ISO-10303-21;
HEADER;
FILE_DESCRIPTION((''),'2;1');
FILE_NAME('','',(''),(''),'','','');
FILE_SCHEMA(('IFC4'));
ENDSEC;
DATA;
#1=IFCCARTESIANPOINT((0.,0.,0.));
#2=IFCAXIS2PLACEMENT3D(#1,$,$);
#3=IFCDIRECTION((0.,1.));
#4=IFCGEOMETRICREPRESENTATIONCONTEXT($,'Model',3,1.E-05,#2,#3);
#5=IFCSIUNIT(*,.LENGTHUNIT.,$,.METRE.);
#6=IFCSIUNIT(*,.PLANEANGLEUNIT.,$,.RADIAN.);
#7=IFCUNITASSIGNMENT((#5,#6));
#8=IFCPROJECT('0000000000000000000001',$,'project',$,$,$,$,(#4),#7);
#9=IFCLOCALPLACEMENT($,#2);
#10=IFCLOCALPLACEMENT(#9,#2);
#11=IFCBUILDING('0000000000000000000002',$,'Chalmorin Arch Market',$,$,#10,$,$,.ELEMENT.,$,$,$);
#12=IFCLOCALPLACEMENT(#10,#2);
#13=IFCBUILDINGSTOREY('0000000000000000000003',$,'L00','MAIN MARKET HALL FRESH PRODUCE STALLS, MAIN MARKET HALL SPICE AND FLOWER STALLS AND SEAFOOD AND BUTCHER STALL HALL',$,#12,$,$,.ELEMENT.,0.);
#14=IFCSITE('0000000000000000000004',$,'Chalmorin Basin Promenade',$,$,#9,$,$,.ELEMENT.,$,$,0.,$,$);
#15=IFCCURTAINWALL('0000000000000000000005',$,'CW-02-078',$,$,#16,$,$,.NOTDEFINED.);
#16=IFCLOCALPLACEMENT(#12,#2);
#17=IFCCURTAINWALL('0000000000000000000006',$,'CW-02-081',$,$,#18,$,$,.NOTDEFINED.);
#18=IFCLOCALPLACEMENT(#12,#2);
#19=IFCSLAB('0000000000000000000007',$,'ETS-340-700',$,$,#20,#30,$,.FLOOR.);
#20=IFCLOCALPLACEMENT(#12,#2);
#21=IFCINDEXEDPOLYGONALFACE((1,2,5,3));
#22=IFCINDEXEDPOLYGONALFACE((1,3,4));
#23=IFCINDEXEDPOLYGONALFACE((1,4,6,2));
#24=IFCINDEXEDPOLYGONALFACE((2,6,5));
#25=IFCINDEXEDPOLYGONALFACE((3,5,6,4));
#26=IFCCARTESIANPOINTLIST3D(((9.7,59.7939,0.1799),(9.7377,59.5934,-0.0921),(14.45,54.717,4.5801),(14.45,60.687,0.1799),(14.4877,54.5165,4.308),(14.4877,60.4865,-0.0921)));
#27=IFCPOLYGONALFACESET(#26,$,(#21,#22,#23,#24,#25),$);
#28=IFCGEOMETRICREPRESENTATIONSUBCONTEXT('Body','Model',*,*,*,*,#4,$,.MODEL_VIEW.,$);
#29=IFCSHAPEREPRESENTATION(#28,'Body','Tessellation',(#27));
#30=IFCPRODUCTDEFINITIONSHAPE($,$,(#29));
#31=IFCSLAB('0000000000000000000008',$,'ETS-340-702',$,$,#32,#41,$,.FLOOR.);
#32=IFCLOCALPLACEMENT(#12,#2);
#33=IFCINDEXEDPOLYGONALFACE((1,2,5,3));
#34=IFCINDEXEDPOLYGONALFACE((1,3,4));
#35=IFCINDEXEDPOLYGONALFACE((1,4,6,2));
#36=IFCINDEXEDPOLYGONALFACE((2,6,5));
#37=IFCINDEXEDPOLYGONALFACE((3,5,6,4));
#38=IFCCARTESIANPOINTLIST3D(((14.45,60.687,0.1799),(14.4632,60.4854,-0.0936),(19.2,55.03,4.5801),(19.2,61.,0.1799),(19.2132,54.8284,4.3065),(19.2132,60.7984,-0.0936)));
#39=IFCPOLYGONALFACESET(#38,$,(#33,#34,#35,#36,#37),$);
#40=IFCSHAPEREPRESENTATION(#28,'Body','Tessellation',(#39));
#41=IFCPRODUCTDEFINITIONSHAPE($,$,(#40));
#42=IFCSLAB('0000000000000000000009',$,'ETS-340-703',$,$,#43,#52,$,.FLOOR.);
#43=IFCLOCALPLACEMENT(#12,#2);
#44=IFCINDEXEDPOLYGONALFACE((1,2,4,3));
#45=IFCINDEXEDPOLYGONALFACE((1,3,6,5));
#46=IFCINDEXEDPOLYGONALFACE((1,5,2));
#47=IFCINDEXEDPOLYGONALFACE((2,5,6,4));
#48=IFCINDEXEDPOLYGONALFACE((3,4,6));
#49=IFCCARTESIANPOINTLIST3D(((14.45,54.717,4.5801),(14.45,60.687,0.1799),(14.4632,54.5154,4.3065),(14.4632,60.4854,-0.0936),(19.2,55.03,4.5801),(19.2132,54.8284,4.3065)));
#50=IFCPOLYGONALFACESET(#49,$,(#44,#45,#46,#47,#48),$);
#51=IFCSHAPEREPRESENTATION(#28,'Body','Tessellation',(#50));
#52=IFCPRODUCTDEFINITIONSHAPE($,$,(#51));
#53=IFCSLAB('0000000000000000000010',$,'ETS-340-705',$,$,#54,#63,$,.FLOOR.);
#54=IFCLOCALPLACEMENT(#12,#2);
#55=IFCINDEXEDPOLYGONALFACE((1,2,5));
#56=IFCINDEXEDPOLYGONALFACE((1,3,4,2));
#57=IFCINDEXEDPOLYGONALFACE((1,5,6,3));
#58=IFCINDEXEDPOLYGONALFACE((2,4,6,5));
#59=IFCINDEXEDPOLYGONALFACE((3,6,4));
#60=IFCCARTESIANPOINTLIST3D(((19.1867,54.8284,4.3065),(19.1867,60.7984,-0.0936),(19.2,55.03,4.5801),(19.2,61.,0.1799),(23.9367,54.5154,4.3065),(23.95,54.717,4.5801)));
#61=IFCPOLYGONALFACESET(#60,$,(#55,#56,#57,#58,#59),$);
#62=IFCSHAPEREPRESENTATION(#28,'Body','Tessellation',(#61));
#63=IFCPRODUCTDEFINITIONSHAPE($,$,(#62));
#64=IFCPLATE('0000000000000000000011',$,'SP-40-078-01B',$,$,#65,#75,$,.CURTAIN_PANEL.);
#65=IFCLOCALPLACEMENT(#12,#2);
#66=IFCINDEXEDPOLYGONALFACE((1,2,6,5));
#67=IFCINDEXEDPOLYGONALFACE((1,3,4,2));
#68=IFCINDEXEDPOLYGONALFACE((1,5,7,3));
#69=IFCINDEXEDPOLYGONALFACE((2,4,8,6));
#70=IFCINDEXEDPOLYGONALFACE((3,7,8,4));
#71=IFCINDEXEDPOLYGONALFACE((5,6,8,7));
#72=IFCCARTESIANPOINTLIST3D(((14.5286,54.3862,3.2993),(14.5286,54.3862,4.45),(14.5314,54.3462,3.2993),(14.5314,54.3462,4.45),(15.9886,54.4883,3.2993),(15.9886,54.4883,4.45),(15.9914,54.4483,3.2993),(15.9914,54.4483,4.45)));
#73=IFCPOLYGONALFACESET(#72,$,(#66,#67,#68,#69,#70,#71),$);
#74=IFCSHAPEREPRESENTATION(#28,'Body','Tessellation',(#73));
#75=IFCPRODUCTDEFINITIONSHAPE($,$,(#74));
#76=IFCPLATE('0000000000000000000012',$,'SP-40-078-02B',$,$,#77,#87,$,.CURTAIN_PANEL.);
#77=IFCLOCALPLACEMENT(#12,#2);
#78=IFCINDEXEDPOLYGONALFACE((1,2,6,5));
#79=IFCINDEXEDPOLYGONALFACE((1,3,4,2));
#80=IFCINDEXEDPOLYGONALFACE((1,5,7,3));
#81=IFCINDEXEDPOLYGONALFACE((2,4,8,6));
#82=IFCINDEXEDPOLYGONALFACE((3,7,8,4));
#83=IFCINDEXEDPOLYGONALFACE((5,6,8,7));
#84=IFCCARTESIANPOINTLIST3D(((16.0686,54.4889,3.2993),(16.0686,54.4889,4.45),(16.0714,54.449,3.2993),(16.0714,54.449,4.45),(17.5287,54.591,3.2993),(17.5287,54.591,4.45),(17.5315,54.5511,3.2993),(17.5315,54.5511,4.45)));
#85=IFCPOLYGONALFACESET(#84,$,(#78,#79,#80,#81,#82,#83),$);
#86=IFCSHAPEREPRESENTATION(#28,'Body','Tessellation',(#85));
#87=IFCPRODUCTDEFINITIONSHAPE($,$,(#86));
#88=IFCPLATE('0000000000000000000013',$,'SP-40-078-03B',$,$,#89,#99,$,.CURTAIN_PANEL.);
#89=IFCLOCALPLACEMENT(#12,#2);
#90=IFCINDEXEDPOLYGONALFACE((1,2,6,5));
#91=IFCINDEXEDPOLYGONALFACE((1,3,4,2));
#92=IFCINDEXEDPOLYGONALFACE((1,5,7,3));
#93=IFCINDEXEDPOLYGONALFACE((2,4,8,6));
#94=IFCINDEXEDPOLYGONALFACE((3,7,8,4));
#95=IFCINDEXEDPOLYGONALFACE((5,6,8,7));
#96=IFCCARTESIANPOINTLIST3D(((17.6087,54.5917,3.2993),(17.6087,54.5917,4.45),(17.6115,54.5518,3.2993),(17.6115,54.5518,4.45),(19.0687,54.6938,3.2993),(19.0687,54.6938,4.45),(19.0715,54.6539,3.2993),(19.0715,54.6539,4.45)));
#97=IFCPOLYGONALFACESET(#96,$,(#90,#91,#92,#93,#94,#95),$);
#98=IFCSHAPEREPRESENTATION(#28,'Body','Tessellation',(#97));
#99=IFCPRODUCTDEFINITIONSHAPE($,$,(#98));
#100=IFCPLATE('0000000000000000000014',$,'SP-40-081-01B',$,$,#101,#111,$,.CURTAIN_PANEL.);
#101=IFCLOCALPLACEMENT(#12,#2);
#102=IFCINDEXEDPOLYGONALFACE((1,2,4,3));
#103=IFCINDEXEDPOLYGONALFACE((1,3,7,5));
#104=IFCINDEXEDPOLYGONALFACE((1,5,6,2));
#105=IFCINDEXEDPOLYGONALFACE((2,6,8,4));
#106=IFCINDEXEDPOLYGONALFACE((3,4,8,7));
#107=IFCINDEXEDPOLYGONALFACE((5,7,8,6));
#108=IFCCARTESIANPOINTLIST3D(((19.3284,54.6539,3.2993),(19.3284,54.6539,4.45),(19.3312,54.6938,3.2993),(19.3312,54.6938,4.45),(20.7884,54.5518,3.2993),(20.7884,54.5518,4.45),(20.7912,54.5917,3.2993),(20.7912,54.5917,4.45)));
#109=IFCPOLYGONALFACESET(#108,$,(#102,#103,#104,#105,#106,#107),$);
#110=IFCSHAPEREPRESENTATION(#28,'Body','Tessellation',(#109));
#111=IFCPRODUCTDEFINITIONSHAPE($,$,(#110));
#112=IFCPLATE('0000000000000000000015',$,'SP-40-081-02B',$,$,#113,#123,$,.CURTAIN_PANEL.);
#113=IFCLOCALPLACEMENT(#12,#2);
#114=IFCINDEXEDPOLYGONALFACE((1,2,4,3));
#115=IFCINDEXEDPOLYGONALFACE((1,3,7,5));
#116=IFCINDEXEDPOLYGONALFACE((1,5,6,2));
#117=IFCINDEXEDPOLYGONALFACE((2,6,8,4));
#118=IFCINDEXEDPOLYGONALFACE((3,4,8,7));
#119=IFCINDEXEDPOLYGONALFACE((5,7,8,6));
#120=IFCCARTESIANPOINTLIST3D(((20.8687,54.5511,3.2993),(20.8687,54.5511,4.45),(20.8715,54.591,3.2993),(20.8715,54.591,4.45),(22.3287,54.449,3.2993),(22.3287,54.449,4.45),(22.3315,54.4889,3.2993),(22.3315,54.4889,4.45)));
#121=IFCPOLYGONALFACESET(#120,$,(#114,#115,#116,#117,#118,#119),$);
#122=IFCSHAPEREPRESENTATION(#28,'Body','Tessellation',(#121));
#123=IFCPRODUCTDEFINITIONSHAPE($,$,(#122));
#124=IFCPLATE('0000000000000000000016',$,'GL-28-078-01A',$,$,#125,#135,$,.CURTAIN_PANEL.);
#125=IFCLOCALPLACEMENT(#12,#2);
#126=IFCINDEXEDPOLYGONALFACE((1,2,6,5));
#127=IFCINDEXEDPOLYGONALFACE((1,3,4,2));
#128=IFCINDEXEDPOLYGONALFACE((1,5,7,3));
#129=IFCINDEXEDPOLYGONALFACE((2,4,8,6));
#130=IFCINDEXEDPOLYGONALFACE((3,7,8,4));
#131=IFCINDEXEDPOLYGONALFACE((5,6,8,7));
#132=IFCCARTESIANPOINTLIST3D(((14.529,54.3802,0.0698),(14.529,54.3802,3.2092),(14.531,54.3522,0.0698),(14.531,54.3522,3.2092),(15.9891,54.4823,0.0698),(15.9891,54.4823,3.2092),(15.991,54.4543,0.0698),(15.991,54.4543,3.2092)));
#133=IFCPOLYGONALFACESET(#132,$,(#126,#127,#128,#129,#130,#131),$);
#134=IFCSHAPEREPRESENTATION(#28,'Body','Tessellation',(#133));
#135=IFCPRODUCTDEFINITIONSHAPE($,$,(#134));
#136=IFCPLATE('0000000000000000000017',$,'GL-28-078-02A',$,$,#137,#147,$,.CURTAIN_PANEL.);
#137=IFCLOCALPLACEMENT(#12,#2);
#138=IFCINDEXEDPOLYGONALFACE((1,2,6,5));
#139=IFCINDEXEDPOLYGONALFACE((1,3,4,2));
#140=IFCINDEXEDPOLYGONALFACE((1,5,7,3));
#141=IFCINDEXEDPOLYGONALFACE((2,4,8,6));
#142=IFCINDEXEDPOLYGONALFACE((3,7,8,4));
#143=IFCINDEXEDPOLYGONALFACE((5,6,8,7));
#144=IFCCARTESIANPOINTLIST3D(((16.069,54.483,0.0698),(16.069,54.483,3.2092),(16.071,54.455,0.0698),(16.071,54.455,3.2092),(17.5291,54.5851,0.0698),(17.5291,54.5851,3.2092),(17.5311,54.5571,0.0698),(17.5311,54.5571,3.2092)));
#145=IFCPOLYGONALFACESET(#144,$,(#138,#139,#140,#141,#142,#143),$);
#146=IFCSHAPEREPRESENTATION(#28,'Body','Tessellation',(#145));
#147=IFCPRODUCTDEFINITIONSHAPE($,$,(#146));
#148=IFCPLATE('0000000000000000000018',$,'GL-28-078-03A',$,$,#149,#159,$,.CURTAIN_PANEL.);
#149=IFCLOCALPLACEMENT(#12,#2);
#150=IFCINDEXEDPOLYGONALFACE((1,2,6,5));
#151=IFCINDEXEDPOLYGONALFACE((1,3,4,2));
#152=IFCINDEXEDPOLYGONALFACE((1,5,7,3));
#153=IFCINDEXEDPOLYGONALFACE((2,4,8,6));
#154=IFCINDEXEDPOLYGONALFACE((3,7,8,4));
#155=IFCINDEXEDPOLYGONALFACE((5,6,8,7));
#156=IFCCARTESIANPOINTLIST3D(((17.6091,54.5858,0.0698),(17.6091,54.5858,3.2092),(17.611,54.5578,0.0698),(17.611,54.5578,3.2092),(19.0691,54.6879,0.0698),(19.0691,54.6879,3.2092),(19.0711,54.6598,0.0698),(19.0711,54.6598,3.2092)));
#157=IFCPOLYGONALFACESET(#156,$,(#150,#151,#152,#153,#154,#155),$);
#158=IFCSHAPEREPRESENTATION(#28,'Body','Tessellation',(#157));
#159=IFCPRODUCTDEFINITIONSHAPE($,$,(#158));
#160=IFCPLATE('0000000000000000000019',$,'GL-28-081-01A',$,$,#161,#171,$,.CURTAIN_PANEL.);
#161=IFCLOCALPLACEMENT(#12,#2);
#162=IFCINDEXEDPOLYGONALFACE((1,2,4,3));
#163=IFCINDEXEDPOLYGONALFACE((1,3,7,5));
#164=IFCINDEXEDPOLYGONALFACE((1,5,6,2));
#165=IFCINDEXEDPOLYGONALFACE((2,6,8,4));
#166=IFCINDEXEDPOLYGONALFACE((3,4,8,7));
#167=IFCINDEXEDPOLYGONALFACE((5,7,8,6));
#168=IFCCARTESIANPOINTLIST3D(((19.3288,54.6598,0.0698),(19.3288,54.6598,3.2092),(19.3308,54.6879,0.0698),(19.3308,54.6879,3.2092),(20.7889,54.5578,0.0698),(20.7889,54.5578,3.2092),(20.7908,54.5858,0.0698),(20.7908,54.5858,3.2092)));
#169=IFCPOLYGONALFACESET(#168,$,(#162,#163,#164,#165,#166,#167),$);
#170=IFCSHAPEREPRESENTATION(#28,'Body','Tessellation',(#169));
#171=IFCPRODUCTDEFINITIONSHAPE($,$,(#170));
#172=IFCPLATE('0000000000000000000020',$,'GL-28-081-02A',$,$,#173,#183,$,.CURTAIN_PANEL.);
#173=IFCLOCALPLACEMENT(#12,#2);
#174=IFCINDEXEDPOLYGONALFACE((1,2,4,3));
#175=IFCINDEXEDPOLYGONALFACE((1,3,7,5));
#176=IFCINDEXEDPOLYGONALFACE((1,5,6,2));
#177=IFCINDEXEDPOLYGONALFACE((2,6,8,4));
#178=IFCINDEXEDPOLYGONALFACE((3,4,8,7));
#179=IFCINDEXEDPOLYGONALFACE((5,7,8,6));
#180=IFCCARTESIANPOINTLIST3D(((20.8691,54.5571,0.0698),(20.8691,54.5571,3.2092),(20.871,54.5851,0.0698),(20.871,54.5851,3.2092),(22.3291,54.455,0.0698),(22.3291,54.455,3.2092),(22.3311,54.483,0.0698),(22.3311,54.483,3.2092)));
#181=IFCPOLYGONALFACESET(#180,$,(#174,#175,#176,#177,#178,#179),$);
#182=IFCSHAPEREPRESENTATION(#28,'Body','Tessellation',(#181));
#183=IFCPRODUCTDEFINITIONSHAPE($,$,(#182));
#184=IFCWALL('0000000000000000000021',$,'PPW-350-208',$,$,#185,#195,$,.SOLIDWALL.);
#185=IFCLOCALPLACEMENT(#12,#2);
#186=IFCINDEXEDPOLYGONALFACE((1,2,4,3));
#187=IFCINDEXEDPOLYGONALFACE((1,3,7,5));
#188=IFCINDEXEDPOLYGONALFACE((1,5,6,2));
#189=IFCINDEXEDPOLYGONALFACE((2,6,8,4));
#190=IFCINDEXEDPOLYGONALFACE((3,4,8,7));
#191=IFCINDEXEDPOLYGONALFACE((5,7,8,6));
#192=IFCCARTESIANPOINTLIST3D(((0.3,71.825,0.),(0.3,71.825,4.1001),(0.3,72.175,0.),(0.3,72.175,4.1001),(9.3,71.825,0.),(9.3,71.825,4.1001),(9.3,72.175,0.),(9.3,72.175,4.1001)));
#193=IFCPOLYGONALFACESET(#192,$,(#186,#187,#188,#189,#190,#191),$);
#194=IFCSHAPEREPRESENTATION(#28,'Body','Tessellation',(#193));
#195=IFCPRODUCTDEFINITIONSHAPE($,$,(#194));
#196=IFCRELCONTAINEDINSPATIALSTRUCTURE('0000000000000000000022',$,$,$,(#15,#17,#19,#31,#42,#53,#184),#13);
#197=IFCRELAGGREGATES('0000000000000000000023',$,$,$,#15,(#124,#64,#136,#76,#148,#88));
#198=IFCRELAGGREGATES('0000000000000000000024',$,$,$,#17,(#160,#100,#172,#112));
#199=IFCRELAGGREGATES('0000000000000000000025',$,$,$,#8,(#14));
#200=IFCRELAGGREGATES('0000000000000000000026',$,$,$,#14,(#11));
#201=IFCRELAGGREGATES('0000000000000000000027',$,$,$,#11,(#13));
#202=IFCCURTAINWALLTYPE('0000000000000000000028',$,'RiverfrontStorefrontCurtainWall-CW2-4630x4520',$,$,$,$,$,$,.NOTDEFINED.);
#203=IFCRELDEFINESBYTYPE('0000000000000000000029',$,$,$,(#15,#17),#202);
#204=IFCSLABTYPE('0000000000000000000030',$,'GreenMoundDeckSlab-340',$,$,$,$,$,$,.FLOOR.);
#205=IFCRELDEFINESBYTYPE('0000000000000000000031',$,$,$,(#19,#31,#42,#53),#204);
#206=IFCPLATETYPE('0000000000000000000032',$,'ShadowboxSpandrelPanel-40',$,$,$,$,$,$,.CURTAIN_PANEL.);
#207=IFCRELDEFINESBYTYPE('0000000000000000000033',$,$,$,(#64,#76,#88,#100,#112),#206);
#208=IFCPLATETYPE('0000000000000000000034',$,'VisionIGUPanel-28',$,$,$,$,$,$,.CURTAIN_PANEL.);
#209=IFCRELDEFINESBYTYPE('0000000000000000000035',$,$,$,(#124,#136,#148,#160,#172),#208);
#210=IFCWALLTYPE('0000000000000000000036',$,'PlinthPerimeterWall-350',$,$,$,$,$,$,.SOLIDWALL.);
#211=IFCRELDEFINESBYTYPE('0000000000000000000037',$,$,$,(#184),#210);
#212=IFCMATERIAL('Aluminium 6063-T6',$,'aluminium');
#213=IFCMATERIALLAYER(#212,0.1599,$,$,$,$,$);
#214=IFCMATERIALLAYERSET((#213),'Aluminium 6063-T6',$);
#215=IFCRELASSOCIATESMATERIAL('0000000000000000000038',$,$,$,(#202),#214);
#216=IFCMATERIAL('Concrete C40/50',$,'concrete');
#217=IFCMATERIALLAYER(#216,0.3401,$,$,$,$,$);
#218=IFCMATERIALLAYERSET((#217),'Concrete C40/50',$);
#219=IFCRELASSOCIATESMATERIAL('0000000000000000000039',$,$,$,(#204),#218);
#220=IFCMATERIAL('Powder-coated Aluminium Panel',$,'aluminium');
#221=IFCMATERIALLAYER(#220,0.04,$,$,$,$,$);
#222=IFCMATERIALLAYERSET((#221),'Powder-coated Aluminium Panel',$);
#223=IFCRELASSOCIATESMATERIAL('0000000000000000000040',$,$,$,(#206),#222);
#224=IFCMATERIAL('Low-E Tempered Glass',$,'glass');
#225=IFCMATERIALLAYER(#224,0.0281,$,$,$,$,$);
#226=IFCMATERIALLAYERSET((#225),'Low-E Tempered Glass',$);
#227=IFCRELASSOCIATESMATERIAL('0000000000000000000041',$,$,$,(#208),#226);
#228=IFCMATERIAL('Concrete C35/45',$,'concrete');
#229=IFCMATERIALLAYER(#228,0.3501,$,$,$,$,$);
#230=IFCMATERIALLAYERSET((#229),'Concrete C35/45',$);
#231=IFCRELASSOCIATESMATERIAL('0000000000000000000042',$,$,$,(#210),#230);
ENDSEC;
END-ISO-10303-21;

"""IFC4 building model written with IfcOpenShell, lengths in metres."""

from ifc_helpers import new_model, si_unit, direction, frame, frame_2d, origin, origin_2d, place, context, subcontext, project, spatial, polyline, rectangle, outline, extrude, material, layer, layer_set, type_object, element, aggregate, save


model = new_model("IFC4")

# Units and contexts
model_context = context("Model", 3, precision=1e-05, world=origin(), true_north=direction((0.0, 1.0)))
body_context = subcontext(model_context, "Body", "Model", "MODEL_VIEW")
ifc_project = project(units=[si_unit("LENGTHUNIT", "METRE"), si_unit("PLANEANGLEUNIT", "RADIAN")], contexts=[model_context])

# Site, building, storey
site_placement = place(None, origin())
site = spatial("IfcSite", under=ifc_project, at=site_placement, Name="Chalmorin Basin Promenade", CompositionType="ELEMENT", RefElevation=0.0)
building_placement = place(site_placement, origin())
building = spatial("IfcBuilding", under=site, at=building_placement, Name="Chalmorin Arch Market", CompositionType="ELEMENT")
storey_placement = place(building_placement, origin())
storey = spatial("IfcBuildingStorey", under=building, at=storey_placement, Name="L00", Description="MAIN MARKET HALL FRESH PRODUCE STALLS, MAIN MARKET HALL SPICE AND FLOWER STALLS AND SEAFOOD AND BUTCHER STALL HALL", CompositionType="ELEMENT", Elevation=0.0)

# Shared definitions
ifc_material_1 = material(Name="Concrete C40/50", Category="concrete")

# Curtain walls
ifc_material_2 = material(Name="Aluminium 6063-T6", Category="aluminium")
ifc_layer_1 = layer(ifc_material_2, 0.1599)
ifc_layer_set_1 = layer_set([ifc_layer_1], Name="Aluminium 6063-T6")
curtain_wall_type = type_object("IfcCurtainWallType", Name="RiverfrontStorefrontCurtainWall-CW2-4630x4520", PredefinedType="NOTDEFINED", material=ifc_layer_set_1)
curtain_wall_1_placement = place(storey_placement, origin())
curtain_wall_1 = element("IfcCurtainWall", 1, at=curtain_wall_1_placement, inside=storey, type_object=curtain_wall_type, Name="CW-02-078", PredefinedType="NOTDEFINED")
curtain_wall_2_placement = place(storey_placement, origin())
curtain_wall_2 = element("IfcCurtainWall", 2, at=curtain_wall_2_placement, inside=storey, type_object=curtain_wall_type, Name="CW-02-081", PredefinedType="NOTDEFINED")

# Slabs
ifc_layer_2 = layer(ifc_material_1, 0.3401)
ifc_layer_set_2 = layer_set([ifc_layer_2], Name="Concrete C40/50")
slab_type = type_object("IfcSlabType", Name="GreenMoundDeckSlab-340", PredefinedType="FLOOR", material=ifc_layer_set_2)
slab_1_placement = place(storey_placement, frame((14.45, 54.717, 4.5801), z_axis=(-0.110862, 0.589648, 0.800015), x_axis=(0.0, 0.804977, -0.593306)))
element("IfcSlab", 3, at=slab_1_placement, inside=storey, type_object=slab_type, Name="ETS-340-700", PredefinedType="FLOOR", context=body_context, shape_type="SweptSolid", body=[
    extrude(outline(polyline([(0.0, 0.0), (7.4163, 0.0), (6.6974, 4.7795), (0.0, 0.0)])), origin(), (0.0, 0.0, -1.0), 0.3401),
])
slab_2_placement = place(storey_placement, frame((19.2, 55.03, 4.5801), z_axis=(-0.039064, 0.592853, 0.804363), x_axis=(0.0, 0.804977, -0.593306)))
element("IfcSlab", 4, at=slab_2_placement, inside=storey, type_object=slab_type, Name="ETS-340-702", PredefinedType="FLOOR", context=body_context, shape_type="SweptSolid", body=[
    extrude(outline(polyline([(0.0, 0.0), (7.4163, 0.0), (7.1644, 4.7536), (0.0, 0.0)])), origin(), (0.0, 0.0, -1.0), 0.3401),
])
slab_3_placement = place(storey_placement, frame((14.45, 54.717, 4.5801), z_axis=(-0.039064, 0.592853, 0.804363), x_axis=(0.997836, 0.06575, 0.0)))
element("IfcSlab", 5, at=slab_3_placement, inside=storey, type_object=slab_type, Name="ETS-340-703", PredefinedType="FLOOR", context=body_context, shape_type="SweptSolid", body=[
    extrude(outline(polyline([(0.0, 0.0), (4.7603, 0.0), (0.3925, 7.4059), (0.0, 0.0)])), origin(), (0.0, 0.0, -1.0), 0.3401),
])
slab_4_placement = place(storey_placement, frame((19.2, 55.03, 4.5801), z_axis=(0.039064, 0.592853, 0.804363), x_axis=(0.997836, -0.06575, 0.0)))
element("IfcSlab", 6, at=slab_4_placement, inside=storey, type_object=slab_type, Name="ETS-340-705", PredefinedType="FLOOR", context=body_context, shape_type="SweptSolid", body=[
    extrude(outline(polyline([(0.0, 0.0), (4.7603, 0.0), (-0.3925, 7.4059), (0.0, 0.0)])), origin(), (0.0, 0.0, -1.0), 0.3401),
])

# Plates
ifc_material_3 = material(Name="Powder-coated Aluminium Panel", Category="aluminium")
ifc_layer_3 = layer(ifc_material_3, 0.04)
ifc_layer_set_3 = layer_set([ifc_layer_3], Name="Powder-coated Aluminium Panel")
plate_type_1 = type_object("IfcPlateType", Name="ShadowboxSpandrelPanel-40", PredefinedType="CURTAIN_PANEL", material=ifc_layer_set_3)
plate_1_placement = place(storey_placement, frame((15.26, 54.4172, 3.2993), z_axis=(0.0, 0.0, 1.0), x_axis=(0.997564, 0.069756, 0.0)))
plate_1 = element("IfcPlate", 7, at=plate_1_placement, type_object=plate_type_1, Name="SP-40-078-01B", PredefinedType="CURTAIN_PANEL", context=body_context, shape_type="SweptSolid", body=[
    extrude(rectangle(XDim=1.4636, YDim=0.04, at=origin_2d()), origin(), (0.0, 0.0, 1.0), 1.1506),
])
plate_2_placement = place(storey_placement, frame((16.8, 54.52, 3.2993), z_axis=(0.0, 0.0, 1.0), x_axis=(0.997564, 0.069756, 0.0)))
plate_2 = element("IfcPlate", 8, at=plate_2_placement, type_object=plate_type_1, Name="SP-40-078-02B", PredefinedType="CURTAIN_PANEL", context=body_context, shape_type="SweptSolid", body=[
    extrude(rectangle(XDim=1.4636, YDim=0.04, at=origin_2d()), origin(), (0.0, 0.0, 1.0), 1.1506),
])
plate_3_placement = place(storey_placement, frame((18.3401, 54.6228, 3.2993), z_axis=(0.0, 0.0, 1.0), x_axis=(0.997564, 0.069756, 0.0)))
plate_3 = element("IfcPlate", 9, at=plate_3_placement, type_object=plate_type_1, Name="SP-40-078-03B", PredefinedType="CURTAIN_PANEL", context=body_context, shape_type="SweptSolid", body=[
    extrude(rectangle(XDim=1.4636, YDim=0.04, at=origin_2d()), origin(), (0.0, 0.0, 1.0), 1.1506),
])
plate_4_placement = place(storey_placement, frame((20.0598, 54.6228, 3.2993), z_axis=(0.0, 0.0, 1.0), x_axis=(0.997564, -0.069756, 0.0)))
plate_4 = element("IfcPlate", 10, at=plate_4_placement, type_object=plate_type_1, Name="SP-40-081-01B", PredefinedType="CURTAIN_PANEL", context=body_context, shape_type="SweptSolid", body=[
    extrude(rectangle(XDim=1.4636, YDim=0.04, at=origin_2d()), origin(), (0.0, 0.0, 1.0), 1.1506),
])
plate_5_placement = place(storey_placement, frame((21.6001, 54.52, 3.2993), z_axis=(0.0, 0.0, 1.0), x_axis=(0.997564, -0.069756, 0.0)))
plate_5 = element("IfcPlate", 11, at=plate_5_placement, type_object=plate_type_1, Name="SP-40-081-02B", PredefinedType="CURTAIN_PANEL", context=body_context, shape_type="SweptSolid", body=[
    extrude(rectangle(XDim=1.4636, YDim=0.04, at=origin_2d()), origin(), (0.0, 0.0, 1.0), 1.1506),
])
ifc_material_4 = material(Name="Low-E Tempered Glass", Category="glass")
ifc_layer_4 = layer(ifc_material_4, 0.0281)
ifc_layer_set_4 = layer_set([ifc_layer_4], Name="Low-E Tempered Glass")
plate_type_2 = type_object("IfcPlateType", Name="VisionIGUPanel-28", PredefinedType="CURTAIN_PANEL", material=ifc_layer_set_4)
plate_6_placement = place(storey_placement, frame((15.26, 54.4172, 0.0698), z_axis=(0.0, 0.0, 1.0), x_axis=(0.997564, 0.069756, 0.0)))
plate_6 = element("IfcPlate", 12, at=plate_6_placement, type_object=plate_type_2, Name="GL-28-078-01A", PredefinedType="CURTAIN_PANEL", context=body_context, shape_type="SweptSolid", body=[
    extrude(rectangle(XDim=1.4636, YDim=0.0281, at=origin_2d()), origin(), (0.0, 0.0, 1.0), 3.1394),
])
plate_7_placement = place(storey_placement, frame((16.8, 54.52, 0.0698), z_axis=(0.0, 0.0, 1.0), x_axis=(0.997564, 0.069756, 0.0)))
plate_7 = element("IfcPlate", 13, at=plate_7_placement, type_object=plate_type_2, Name="GL-28-078-02A", PredefinedType="CURTAIN_PANEL", context=body_context, shape_type="SweptSolid", body=[
    extrude(rectangle(XDim=1.4636, YDim=0.0281, at=origin_2d()), origin(), (0.0, 0.0, 1.0), 3.1394),
])
plate_8_placement = place(storey_placement, frame((18.3401, 54.6228, 0.0698), z_axis=(0.0, 0.0, 1.0), x_axis=(0.997564, 0.069756, 0.0)))
plate_8 = element("IfcPlate", 14, at=plate_8_placement, type_object=plate_type_2, Name="GL-28-078-03A", PredefinedType="CURTAIN_PANEL", context=body_context, shape_type="SweptSolid", body=[
    extrude(rectangle(XDim=1.4636, YDim=0.0281, at=origin_2d()), origin(), (0.0, 0.0, 1.0), 3.1394),
])
aggregate(curtain_wall_1, [plate_6, plate_1, plate_7, plate_2, plate_8, plate_3])
plate_9_placement = place(storey_placement, frame((20.0598, 54.6228, 0.0698), z_axis=(0.0, 0.0, 1.0), x_axis=(0.997564, -0.069756, 0.0)))
plate_9 = element("IfcPlate", 15, at=plate_9_placement, type_object=plate_type_2, Name="GL-28-081-01A", PredefinedType="CURTAIN_PANEL", context=body_context, shape_type="SweptSolid", body=[
    extrude(rectangle(XDim=1.4636, YDim=0.0281, at=origin_2d()), origin(), (0.0, 0.0, 1.0), 3.1394),
])
plate_10_placement = place(storey_placement, frame((21.6001, 54.52, 0.0698), z_axis=(0.0, 0.0, 1.0), x_axis=(0.997564, -0.069756, 0.0)))
plate_10 = element("IfcPlate", 16, at=plate_10_placement, type_object=plate_type_2, Name="GL-28-081-02A", PredefinedType="CURTAIN_PANEL", context=body_context, shape_type="SweptSolid", body=[
    extrude(rectangle(XDim=1.4636, YDim=0.0281, at=origin_2d()), origin(), (0.0, 0.0, 1.0), 3.1394),
])
aggregate(curtain_wall_2, [plate_9, plate_4, plate_10, plate_5])

# Wall
ifc_material_5 = material(Name="Concrete C35/45", Category="concrete")
ifc_layer_5 = layer(ifc_material_5, 0.3501)
ifc_layer_set_5 = layer_set([ifc_layer_5], Name="Concrete C35/45")
wall_type = type_object("IfcWallType", Name="PlinthPerimeterWall-350", PredefinedType="SOLIDWALL", material=ifc_layer_set_5)
wall_placement = place(storey_placement, frame((0.3, 72.0, 0.0), z_axis=(0.0, 0.0, 1.0), x_axis=(1.0, 0.0, 0.0)))
element("IfcWall", 17, at=wall_placement, inside=storey, type_object=wall_type, Name="PPW-350-208", PredefinedType="SOLIDWALL", context=body_context, shape_type="SweptSolid", body=[
    extrude(rectangle(XDim=9.0, YDim=0.3501, at=frame_2d((4.5, 0.0))), origin(), (0.0, 0.0, 1.0), 4.1001),
])

save(model, "model.ifc")
